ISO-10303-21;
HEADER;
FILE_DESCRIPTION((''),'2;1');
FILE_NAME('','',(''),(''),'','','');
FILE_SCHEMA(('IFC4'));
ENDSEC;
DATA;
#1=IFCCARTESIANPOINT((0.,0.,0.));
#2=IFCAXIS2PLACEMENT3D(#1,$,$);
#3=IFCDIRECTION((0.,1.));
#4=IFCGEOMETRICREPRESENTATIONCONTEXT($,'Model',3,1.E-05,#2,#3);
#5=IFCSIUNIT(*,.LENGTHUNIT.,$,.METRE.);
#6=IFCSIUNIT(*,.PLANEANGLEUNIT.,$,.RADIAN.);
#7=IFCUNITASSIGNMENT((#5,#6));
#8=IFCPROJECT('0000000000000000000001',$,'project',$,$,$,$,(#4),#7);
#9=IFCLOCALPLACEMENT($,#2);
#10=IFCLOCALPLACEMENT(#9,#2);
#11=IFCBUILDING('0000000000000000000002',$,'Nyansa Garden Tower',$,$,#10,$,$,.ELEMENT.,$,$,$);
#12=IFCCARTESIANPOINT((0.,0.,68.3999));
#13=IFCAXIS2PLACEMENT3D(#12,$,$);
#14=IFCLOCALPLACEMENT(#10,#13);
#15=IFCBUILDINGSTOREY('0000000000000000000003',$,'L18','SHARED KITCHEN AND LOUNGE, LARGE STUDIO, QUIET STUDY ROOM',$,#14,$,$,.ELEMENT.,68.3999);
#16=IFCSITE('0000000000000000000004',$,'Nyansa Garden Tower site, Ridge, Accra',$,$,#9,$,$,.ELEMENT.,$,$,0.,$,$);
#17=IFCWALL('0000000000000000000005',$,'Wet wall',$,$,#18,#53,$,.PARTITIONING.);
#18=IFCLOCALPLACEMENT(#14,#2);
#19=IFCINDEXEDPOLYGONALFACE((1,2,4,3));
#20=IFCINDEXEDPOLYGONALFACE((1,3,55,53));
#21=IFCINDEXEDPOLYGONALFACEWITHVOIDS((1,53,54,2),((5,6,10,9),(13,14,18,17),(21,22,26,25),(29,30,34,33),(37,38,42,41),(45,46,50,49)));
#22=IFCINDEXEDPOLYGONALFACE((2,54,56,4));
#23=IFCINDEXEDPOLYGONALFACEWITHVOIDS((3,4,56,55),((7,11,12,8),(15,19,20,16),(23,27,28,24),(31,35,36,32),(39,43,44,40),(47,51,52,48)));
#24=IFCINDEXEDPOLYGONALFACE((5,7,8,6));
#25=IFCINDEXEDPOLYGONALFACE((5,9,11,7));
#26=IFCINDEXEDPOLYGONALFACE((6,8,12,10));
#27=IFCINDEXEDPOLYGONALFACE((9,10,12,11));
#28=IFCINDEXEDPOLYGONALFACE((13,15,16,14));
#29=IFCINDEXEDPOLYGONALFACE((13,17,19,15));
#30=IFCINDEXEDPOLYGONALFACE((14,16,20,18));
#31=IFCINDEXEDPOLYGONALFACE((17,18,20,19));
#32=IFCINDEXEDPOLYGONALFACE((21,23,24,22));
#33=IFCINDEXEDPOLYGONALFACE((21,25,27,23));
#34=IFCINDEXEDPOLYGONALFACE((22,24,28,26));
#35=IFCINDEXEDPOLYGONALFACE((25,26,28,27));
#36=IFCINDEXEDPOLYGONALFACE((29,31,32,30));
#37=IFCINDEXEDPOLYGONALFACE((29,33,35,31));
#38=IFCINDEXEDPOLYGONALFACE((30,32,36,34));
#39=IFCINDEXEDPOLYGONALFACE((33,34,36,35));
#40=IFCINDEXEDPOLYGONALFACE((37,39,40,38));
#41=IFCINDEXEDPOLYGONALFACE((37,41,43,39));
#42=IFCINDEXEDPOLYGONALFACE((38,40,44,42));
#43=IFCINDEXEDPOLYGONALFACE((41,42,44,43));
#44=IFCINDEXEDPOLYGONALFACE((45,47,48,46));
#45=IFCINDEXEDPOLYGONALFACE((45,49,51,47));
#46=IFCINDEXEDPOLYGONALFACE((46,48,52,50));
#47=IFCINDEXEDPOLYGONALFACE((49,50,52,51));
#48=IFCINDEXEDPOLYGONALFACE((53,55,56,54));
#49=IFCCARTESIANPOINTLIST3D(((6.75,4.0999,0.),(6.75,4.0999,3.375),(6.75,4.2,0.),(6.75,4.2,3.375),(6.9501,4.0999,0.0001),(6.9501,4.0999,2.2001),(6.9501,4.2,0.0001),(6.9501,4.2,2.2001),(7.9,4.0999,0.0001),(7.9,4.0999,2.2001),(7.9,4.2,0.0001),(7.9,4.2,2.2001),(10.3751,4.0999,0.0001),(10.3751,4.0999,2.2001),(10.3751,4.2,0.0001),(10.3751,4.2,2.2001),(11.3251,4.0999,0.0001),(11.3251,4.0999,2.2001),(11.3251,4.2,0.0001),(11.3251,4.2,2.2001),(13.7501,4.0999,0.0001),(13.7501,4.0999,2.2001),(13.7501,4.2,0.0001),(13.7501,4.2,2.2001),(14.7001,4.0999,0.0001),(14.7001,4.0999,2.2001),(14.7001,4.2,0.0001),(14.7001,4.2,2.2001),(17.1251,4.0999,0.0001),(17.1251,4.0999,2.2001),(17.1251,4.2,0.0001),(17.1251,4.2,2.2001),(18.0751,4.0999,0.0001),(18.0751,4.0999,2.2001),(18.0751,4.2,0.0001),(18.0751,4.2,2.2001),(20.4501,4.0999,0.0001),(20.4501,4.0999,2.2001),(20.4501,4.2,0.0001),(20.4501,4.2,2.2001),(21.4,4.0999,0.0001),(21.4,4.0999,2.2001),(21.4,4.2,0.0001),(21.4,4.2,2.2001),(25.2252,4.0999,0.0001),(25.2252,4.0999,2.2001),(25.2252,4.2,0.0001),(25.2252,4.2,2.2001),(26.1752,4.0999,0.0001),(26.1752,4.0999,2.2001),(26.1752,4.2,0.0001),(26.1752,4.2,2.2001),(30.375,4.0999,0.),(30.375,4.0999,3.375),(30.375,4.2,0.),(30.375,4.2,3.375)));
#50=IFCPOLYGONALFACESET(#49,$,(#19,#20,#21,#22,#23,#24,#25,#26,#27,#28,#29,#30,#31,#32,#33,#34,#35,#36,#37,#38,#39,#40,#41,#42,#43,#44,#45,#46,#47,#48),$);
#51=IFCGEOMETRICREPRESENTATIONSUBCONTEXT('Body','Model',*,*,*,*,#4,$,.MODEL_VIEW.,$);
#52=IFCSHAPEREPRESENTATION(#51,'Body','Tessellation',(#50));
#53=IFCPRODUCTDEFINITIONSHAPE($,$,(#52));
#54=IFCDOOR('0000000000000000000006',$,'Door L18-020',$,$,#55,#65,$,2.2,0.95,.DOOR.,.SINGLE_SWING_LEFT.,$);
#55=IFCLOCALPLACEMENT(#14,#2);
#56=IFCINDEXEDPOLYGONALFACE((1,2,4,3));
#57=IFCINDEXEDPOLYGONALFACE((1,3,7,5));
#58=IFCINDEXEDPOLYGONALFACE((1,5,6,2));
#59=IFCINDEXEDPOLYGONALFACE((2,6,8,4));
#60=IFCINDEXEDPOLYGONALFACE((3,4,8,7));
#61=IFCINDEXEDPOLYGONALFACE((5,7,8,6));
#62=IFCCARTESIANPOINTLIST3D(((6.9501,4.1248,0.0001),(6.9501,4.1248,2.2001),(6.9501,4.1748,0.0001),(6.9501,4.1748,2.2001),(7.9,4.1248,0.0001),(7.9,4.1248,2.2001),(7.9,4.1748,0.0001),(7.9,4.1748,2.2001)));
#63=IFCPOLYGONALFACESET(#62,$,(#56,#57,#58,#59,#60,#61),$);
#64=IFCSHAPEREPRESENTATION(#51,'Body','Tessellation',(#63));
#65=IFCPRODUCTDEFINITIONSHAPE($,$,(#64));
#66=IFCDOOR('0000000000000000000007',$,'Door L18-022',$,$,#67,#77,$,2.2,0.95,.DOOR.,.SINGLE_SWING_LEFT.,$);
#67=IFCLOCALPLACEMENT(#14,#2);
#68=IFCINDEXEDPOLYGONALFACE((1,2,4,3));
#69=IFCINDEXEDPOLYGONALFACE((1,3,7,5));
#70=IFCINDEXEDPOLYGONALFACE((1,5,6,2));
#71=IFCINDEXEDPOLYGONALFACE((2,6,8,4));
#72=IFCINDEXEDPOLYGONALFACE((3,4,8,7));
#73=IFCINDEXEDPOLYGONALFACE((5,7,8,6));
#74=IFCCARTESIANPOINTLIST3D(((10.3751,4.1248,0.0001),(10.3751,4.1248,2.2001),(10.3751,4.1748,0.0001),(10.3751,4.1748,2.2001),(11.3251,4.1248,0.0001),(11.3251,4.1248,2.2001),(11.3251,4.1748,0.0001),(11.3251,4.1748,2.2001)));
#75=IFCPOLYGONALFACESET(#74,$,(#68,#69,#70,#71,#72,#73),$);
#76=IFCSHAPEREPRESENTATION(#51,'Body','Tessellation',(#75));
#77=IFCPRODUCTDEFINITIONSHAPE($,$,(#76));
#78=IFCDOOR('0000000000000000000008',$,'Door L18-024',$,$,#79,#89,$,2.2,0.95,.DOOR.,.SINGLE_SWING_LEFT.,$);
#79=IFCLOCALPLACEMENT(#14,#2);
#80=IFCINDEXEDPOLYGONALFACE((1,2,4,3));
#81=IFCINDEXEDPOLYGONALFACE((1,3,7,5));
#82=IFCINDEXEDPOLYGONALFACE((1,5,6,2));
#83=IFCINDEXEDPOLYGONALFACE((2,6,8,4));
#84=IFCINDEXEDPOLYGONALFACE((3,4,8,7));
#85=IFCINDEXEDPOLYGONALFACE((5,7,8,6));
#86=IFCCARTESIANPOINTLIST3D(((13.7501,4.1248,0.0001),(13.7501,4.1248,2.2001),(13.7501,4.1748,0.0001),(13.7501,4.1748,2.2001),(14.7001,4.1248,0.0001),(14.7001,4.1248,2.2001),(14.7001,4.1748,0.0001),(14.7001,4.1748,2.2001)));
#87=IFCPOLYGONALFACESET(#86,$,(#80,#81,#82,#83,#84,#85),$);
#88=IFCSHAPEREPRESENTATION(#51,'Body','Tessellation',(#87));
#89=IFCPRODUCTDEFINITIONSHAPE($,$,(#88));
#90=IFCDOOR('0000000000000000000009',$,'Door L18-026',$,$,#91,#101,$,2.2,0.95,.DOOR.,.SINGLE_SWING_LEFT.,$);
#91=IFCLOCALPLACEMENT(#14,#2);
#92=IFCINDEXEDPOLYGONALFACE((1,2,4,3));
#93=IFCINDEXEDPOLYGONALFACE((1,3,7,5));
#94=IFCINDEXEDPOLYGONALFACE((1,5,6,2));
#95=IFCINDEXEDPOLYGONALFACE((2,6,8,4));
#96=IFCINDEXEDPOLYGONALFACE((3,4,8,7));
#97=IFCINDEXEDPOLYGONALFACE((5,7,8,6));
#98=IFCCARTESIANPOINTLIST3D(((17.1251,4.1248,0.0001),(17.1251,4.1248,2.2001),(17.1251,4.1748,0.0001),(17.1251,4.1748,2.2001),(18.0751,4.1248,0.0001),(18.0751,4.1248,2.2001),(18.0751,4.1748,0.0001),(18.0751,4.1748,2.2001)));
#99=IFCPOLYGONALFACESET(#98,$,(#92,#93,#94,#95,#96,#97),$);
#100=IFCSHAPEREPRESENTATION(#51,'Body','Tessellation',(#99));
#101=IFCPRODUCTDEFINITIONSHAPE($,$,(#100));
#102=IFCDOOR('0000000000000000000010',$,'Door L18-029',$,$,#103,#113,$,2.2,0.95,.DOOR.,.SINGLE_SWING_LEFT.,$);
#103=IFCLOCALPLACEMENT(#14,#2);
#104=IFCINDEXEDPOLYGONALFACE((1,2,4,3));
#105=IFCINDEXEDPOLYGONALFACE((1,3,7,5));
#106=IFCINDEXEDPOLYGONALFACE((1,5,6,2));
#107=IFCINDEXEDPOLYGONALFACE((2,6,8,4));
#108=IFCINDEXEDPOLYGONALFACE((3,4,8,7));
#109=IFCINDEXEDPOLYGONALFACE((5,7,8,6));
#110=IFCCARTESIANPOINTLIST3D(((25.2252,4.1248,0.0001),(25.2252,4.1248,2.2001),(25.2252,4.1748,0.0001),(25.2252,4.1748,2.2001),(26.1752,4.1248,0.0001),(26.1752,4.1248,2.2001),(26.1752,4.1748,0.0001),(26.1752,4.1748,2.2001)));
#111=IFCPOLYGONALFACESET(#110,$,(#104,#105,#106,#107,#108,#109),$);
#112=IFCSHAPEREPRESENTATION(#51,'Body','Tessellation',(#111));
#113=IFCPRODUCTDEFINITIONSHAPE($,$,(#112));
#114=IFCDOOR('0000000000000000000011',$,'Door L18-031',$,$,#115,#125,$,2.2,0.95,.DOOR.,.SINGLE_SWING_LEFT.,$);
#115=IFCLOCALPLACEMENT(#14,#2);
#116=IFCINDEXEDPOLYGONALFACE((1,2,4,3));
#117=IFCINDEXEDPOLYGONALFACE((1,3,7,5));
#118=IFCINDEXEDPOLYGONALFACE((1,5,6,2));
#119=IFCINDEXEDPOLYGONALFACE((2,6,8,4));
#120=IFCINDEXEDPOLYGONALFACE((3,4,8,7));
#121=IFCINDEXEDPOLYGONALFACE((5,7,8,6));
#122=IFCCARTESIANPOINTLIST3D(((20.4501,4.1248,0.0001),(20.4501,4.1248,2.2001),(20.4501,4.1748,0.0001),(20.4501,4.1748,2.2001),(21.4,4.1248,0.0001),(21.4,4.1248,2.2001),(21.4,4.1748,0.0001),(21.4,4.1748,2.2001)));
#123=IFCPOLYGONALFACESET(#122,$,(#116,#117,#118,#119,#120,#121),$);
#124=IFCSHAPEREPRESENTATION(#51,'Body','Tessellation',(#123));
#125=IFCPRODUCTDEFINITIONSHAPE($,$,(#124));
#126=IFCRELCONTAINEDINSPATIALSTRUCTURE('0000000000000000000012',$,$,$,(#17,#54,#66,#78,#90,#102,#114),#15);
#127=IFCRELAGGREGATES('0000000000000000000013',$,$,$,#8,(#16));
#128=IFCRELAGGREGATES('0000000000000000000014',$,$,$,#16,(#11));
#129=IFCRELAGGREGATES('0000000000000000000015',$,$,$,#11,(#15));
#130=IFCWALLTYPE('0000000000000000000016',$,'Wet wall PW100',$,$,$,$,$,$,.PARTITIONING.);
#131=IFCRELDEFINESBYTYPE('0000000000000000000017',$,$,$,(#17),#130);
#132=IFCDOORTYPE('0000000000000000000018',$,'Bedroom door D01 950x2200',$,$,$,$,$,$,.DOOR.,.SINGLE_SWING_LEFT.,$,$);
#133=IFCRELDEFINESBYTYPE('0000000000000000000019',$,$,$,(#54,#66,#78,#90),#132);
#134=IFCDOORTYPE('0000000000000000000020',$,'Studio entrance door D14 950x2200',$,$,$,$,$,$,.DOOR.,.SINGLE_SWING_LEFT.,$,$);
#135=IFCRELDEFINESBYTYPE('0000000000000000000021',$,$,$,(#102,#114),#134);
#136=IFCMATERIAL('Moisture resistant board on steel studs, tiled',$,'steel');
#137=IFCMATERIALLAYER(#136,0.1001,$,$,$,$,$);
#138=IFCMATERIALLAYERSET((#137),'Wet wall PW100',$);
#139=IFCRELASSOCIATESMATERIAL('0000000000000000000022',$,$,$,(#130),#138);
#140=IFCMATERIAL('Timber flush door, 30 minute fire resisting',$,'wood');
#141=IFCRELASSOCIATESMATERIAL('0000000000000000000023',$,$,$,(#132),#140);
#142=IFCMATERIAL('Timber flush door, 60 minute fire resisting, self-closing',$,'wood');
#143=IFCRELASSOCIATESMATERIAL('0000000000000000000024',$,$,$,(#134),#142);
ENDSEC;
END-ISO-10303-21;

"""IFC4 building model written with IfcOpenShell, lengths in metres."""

from ifc_helpers import new_model, si_unit, direction, frame, frame_2d, origin, place, context, subcontext, project, spatial, rectangle, extrude, material, layer, layer_set, type_object, element, fill, save


model = new_model("IFC4")

# Units and contexts
model_context = context("Model", 3, precision=1e-05, world=origin(), true_north=direction((0.0, 1.0)))
body_context = subcontext(model_context, "Body", "Model", "MODEL_VIEW")
ifc_project = project(units=[si_unit("LENGTHUNIT", "METRE"), si_unit("PLANEANGLEUNIT", "RADIAN")], contexts=[model_context])

# Site, building, storey
site_placement = place(None, origin())
site = spatial("IfcSite", under=ifc_project, at=site_placement, Name="Nyansa Garden Tower site, Ridge, Accra", CompositionType="ELEMENT", RefElevation=0.0)
building_placement = place(site_placement, origin())
building = spatial("IfcBuilding", under=site, at=building_placement, Name="Nyansa Garden Tower", CompositionType="ELEMENT")
storey_placement = place(building_placement, frame((0.0, 0.0, 68.3999)))
storey = spatial("IfcBuildingStorey", under=building, at=storey_placement, Name="L18", Description="SHARED KITCHEN AND LOUNGE, LARGE STUDIO, QUIET STUDY ROOM", CompositionType="ELEMENT", Elevation=68.3999)

# Wall, openings, doors
ifc_material_1 = material(Name="Moisture resistant board on steel studs, tiled", Category="steel")
ifc_layer_1 = layer(ifc_material_1, 0.1001)
ifc_layer_set_1 = layer_set([ifc_layer_1], Name="Wet wall PW100")
wall_type_1 = type_object("IfcWallType", Name="Wet wall PW100", PredefinedType="PARTITIONING", material=ifc_layer_set_1)
wall_1_placement = place(storey_placement, frame((6.75, 4.1499, 0.0), z_axis=(0.0, 0.0, 1.0), x_axis=(1.0, 0.0, 0.0)))
wall_1 = element("IfcWall", 1, at=wall_1_placement, inside=storey, type_object=wall_type_1, Name="Wet wall", PredefinedType="PARTITIONING", context=body_context, shape_type="SweptSolid", body=[
    extrude(rectangle(XDim=23.625, YDim=0.1001, at=frame_2d((11.8125, 0.0))), origin(), (0.0, 0.0, 1.0), 3.375),
])
opening_1_placement = place(wall_1_placement, frame((0.2, 0.0, 0.0)))
opening_1 = element("IfcOpeningElement", 2, at=opening_1_placement, cuts=wall_1, PredefinedType="OPENING", context=body_context, shape_type="SweptSolid", body=[
    extrude(rectangle(XDim=0.95, YDim=2.2, at=frame_2d((0.4751, 1.1001))), frame((0.0, 0.0601, 0.0), z_axis=(0.0, -1.0, 0.0), x_axis=(1.0, 0.0, 0.0)), (0.0, 0.0, 1.0), 0.1201),
])
opening_2_placement = place(wall_1_placement, frame((3.625, 0.0, 0.0)))
opening_2 = element("IfcOpeningElement", 3, at=opening_2_placement, cuts=wall_1, PredefinedType="OPENING", context=body_context, shape_type="SweptSolid", body=[
    extrude(rectangle(XDim=0.95, YDim=2.2, at=frame_2d((0.4751, 1.1001))), frame((0.0, 0.0601, 0.0), z_axis=(0.0, -1.0, 0.0), x_axis=(1.0, 0.0, 0.0)), (0.0, 0.0, 1.0), 0.1201),
])
opening_3_placement = place(wall_1_placement, frame((7.0, 0.0, 0.0)))
opening_3 = element("IfcOpeningElement", 4, at=opening_3_placement, cuts=wall_1, PredefinedType="OPENING", context=body_context, shape_type="SweptSolid", body=[
    extrude(rectangle(XDim=0.95, YDim=2.2, at=frame_2d((0.4751, 1.1001))), frame((0.0, 0.0601, 0.0), z_axis=(0.0, -1.0, 0.0), x_axis=(1.0, 0.0, 0.0)), (0.0, 0.0, 1.0), 0.1201),
])
opening_4_placement = place(wall_1_placement, frame((10.375, 0.0, 0.0)))
opening_4 = element("IfcOpeningElement", 5, at=opening_4_placement, cuts=wall_1, PredefinedType="OPENING", context=body_context, shape_type="SweptSolid", body=[
    extrude(rectangle(XDim=0.95, YDim=2.2, at=frame_2d((0.4751, 1.1001))), frame((0.0, 0.0601, 0.0), z_axis=(0.0, -1.0, 0.0), x_axis=(1.0, 0.0, 0.0)), (0.0, 0.0, 1.0), 0.1201),
])
opening_5_placement = place(wall_1_placement, frame((18.4751, 0.0, 0.0)))
opening_5 = element("IfcOpeningElement", 6, at=opening_5_placement, cuts=wall_1, PredefinedType="OPENING", context=body_context, shape_type="SweptSolid", body=[
    extrude(rectangle(XDim=0.95, YDim=2.2, at=frame_2d((0.4751, 1.1001))), frame((0.0, 0.0601, 0.0), z_axis=(0.0, -1.0, 0.0), x_axis=(1.0, 0.0, 0.0)), (0.0, 0.0, 1.0), 0.1201),
])
opening_6_placement = place(wall_1_placement, frame((13.7, 0.0, 0.0)))
opening_6 = element("IfcOpeningElement", 7, at=opening_6_placement, cuts=wall_1, PredefinedType="OPENING", context=body_context, shape_type="SweptSolid", body=[
    extrude(rectangle(XDim=0.95, YDim=2.2, at=frame_2d((0.4751, 1.1001))), frame((0.0, 0.0601, 0.0), z_axis=(0.0, -1.0, 0.0), x_axis=(1.0, 0.0, 0.0)), (0.0, 0.0, 1.0), 0.1201),
])
ifc_material_2 = material(Name="Timber flush door, 30 minute fire resisting", Category="wood")
door_type_1 = type_object("IfcDoorType", Name="Bedroom door D01 950x2200", OperationType="SINGLE_SWING_LEFT", PredefinedType="DOOR", material=ifc_material_2)
door_1_placement = place(opening_1_placement, origin())
door_1 = element("IfcDoor", 8, at=door_1_placement, inside=storey, type_object=door_type_1, Name="Door L18-020", OperationType="SINGLE_SWING_LEFT", OverallHeight=2.2, OverallWidth=0.95, PredefinedType="DOOR", context=body_context, shape_type="SweptSolid", body=[
    extrude(rectangle(XDim=0.95, YDim=2.2, at=frame_2d((0.4751, 1.1001))), frame((0.0, 0.0249, 0.0), z_axis=(0.0, -1.0, 0.0), x_axis=(1.0, 0.0, 0.0)), (0.0, 0.0, 1.0), 0.05),
])
fill(opening_1, door_1)
door_2_placement = place(opening_2_placement, origin())
door_2 = element("IfcDoor", 9, at=door_2_placement, inside=storey, type_object=door_type_1, Name="Door L18-022", OperationType="SINGLE_SWING_LEFT", OverallHeight=2.2, OverallWidth=0.95, PredefinedType="DOOR", context=body_context, shape_type="SweptSolid", body=[
    extrude(rectangle(XDim=0.95, YDim=2.2, at=frame_2d((0.4751, 1.1001))), frame((0.0, 0.0249, 0.0), z_axis=(0.0, -1.0, 0.0), x_axis=(1.0, 0.0, 0.0)), (0.0, 0.0, 1.0), 0.05),
])
fill(opening_2, door_2)
door_3_placement = place(opening_3_placement, origin())
door_3 = element("IfcDoor", 10, at=door_3_placement, inside=storey, type_object=door_type_1, Name="Door L18-024", OperationType="SINGLE_SWING_LEFT", OverallHeight=2.2, OverallWidth=0.95, PredefinedType="DOOR", context=body_context, shape_type="SweptSolid", body=[
    extrude(rectangle(XDim=0.95, YDim=2.2, at=frame_2d((0.4751, 1.1001))), frame((0.0, 0.0249, 0.0), z_axis=(0.0, -1.0, 0.0), x_axis=(1.0, 0.0, 0.0)), (0.0, 0.0, 1.0), 0.05),
])
fill(opening_3, door_3)
door_4_placement = place(opening_4_placement, origin())
door_4 = element("IfcDoor", 11, at=door_4_placement, inside=storey, type_object=door_type_1, Name="Door L18-026", OperationType="SINGLE_SWING_LEFT", OverallHeight=2.2, OverallWidth=0.95, PredefinedType="DOOR", context=body_context, shape_type="SweptSolid", body=[
    extrude(rectangle(XDim=0.95, YDim=2.2, at=frame_2d((0.4751, 1.1001))), frame((0.0, 0.0249, 0.0), z_axis=(0.0, -1.0, 0.0), x_axis=(1.0, 0.0, 0.0)), (0.0, 0.0, 1.0), 0.05),
])
fill(opening_4, door_4)
ifc_material_3 = material(Name="Timber flush door, 60 minute fire resisting, self-closing", Category="wood")
door_type_2 = type_object("IfcDoorType", Name="Studio entrance door D14 950x2200", OperationType="SINGLE_SWING_LEFT", PredefinedType="DOOR", material=ifc_material_3)
door_5_placement = place(opening_5_placement, origin())
door_5 = element("IfcDoor", 12, at=door_5_placement, inside=storey, type_object=door_type_2, Name="Door L18-029", OperationType="SINGLE_SWING_LEFT", OverallHeight=2.2, OverallWidth=0.95, PredefinedType="DOOR", context=body_context, shape_type="SweptSolid", body=[
    extrude(rectangle(XDim=0.95, YDim=2.2, at=frame_2d((0.4751, 1.1001))), frame((0.0, 0.0249, 0.0), z_axis=(0.0, -1.0, 0.0), x_axis=(1.0, 0.0, 0.0)), (0.0, 0.0, 1.0), 0.05),
])
fill(opening_5, door_5)
door_6_placement = place(opening_6_placement, origin())
door_6 = element("IfcDoor", 13, at=door_6_placement, inside=storey, type_object=door_type_2, Name="Door L18-031", OperationType="SINGLE_SWING_LEFT", OverallHeight=2.2, OverallWidth=0.95, PredefinedType="DOOR", context=body_context, shape_type="SweptSolid", body=[
    extrude(rectangle(XDim=0.95, YDim=2.2, at=frame_2d((0.4751, 1.1001))), frame((0.0, 0.0249, 0.0), z_axis=(0.0, -1.0, 0.0), x_axis=(1.0, 0.0, 0.0)), (0.0, 0.0, 1.0), 0.05),
])
fill(opening_6, door_6)

save(model, "model.ifc")
